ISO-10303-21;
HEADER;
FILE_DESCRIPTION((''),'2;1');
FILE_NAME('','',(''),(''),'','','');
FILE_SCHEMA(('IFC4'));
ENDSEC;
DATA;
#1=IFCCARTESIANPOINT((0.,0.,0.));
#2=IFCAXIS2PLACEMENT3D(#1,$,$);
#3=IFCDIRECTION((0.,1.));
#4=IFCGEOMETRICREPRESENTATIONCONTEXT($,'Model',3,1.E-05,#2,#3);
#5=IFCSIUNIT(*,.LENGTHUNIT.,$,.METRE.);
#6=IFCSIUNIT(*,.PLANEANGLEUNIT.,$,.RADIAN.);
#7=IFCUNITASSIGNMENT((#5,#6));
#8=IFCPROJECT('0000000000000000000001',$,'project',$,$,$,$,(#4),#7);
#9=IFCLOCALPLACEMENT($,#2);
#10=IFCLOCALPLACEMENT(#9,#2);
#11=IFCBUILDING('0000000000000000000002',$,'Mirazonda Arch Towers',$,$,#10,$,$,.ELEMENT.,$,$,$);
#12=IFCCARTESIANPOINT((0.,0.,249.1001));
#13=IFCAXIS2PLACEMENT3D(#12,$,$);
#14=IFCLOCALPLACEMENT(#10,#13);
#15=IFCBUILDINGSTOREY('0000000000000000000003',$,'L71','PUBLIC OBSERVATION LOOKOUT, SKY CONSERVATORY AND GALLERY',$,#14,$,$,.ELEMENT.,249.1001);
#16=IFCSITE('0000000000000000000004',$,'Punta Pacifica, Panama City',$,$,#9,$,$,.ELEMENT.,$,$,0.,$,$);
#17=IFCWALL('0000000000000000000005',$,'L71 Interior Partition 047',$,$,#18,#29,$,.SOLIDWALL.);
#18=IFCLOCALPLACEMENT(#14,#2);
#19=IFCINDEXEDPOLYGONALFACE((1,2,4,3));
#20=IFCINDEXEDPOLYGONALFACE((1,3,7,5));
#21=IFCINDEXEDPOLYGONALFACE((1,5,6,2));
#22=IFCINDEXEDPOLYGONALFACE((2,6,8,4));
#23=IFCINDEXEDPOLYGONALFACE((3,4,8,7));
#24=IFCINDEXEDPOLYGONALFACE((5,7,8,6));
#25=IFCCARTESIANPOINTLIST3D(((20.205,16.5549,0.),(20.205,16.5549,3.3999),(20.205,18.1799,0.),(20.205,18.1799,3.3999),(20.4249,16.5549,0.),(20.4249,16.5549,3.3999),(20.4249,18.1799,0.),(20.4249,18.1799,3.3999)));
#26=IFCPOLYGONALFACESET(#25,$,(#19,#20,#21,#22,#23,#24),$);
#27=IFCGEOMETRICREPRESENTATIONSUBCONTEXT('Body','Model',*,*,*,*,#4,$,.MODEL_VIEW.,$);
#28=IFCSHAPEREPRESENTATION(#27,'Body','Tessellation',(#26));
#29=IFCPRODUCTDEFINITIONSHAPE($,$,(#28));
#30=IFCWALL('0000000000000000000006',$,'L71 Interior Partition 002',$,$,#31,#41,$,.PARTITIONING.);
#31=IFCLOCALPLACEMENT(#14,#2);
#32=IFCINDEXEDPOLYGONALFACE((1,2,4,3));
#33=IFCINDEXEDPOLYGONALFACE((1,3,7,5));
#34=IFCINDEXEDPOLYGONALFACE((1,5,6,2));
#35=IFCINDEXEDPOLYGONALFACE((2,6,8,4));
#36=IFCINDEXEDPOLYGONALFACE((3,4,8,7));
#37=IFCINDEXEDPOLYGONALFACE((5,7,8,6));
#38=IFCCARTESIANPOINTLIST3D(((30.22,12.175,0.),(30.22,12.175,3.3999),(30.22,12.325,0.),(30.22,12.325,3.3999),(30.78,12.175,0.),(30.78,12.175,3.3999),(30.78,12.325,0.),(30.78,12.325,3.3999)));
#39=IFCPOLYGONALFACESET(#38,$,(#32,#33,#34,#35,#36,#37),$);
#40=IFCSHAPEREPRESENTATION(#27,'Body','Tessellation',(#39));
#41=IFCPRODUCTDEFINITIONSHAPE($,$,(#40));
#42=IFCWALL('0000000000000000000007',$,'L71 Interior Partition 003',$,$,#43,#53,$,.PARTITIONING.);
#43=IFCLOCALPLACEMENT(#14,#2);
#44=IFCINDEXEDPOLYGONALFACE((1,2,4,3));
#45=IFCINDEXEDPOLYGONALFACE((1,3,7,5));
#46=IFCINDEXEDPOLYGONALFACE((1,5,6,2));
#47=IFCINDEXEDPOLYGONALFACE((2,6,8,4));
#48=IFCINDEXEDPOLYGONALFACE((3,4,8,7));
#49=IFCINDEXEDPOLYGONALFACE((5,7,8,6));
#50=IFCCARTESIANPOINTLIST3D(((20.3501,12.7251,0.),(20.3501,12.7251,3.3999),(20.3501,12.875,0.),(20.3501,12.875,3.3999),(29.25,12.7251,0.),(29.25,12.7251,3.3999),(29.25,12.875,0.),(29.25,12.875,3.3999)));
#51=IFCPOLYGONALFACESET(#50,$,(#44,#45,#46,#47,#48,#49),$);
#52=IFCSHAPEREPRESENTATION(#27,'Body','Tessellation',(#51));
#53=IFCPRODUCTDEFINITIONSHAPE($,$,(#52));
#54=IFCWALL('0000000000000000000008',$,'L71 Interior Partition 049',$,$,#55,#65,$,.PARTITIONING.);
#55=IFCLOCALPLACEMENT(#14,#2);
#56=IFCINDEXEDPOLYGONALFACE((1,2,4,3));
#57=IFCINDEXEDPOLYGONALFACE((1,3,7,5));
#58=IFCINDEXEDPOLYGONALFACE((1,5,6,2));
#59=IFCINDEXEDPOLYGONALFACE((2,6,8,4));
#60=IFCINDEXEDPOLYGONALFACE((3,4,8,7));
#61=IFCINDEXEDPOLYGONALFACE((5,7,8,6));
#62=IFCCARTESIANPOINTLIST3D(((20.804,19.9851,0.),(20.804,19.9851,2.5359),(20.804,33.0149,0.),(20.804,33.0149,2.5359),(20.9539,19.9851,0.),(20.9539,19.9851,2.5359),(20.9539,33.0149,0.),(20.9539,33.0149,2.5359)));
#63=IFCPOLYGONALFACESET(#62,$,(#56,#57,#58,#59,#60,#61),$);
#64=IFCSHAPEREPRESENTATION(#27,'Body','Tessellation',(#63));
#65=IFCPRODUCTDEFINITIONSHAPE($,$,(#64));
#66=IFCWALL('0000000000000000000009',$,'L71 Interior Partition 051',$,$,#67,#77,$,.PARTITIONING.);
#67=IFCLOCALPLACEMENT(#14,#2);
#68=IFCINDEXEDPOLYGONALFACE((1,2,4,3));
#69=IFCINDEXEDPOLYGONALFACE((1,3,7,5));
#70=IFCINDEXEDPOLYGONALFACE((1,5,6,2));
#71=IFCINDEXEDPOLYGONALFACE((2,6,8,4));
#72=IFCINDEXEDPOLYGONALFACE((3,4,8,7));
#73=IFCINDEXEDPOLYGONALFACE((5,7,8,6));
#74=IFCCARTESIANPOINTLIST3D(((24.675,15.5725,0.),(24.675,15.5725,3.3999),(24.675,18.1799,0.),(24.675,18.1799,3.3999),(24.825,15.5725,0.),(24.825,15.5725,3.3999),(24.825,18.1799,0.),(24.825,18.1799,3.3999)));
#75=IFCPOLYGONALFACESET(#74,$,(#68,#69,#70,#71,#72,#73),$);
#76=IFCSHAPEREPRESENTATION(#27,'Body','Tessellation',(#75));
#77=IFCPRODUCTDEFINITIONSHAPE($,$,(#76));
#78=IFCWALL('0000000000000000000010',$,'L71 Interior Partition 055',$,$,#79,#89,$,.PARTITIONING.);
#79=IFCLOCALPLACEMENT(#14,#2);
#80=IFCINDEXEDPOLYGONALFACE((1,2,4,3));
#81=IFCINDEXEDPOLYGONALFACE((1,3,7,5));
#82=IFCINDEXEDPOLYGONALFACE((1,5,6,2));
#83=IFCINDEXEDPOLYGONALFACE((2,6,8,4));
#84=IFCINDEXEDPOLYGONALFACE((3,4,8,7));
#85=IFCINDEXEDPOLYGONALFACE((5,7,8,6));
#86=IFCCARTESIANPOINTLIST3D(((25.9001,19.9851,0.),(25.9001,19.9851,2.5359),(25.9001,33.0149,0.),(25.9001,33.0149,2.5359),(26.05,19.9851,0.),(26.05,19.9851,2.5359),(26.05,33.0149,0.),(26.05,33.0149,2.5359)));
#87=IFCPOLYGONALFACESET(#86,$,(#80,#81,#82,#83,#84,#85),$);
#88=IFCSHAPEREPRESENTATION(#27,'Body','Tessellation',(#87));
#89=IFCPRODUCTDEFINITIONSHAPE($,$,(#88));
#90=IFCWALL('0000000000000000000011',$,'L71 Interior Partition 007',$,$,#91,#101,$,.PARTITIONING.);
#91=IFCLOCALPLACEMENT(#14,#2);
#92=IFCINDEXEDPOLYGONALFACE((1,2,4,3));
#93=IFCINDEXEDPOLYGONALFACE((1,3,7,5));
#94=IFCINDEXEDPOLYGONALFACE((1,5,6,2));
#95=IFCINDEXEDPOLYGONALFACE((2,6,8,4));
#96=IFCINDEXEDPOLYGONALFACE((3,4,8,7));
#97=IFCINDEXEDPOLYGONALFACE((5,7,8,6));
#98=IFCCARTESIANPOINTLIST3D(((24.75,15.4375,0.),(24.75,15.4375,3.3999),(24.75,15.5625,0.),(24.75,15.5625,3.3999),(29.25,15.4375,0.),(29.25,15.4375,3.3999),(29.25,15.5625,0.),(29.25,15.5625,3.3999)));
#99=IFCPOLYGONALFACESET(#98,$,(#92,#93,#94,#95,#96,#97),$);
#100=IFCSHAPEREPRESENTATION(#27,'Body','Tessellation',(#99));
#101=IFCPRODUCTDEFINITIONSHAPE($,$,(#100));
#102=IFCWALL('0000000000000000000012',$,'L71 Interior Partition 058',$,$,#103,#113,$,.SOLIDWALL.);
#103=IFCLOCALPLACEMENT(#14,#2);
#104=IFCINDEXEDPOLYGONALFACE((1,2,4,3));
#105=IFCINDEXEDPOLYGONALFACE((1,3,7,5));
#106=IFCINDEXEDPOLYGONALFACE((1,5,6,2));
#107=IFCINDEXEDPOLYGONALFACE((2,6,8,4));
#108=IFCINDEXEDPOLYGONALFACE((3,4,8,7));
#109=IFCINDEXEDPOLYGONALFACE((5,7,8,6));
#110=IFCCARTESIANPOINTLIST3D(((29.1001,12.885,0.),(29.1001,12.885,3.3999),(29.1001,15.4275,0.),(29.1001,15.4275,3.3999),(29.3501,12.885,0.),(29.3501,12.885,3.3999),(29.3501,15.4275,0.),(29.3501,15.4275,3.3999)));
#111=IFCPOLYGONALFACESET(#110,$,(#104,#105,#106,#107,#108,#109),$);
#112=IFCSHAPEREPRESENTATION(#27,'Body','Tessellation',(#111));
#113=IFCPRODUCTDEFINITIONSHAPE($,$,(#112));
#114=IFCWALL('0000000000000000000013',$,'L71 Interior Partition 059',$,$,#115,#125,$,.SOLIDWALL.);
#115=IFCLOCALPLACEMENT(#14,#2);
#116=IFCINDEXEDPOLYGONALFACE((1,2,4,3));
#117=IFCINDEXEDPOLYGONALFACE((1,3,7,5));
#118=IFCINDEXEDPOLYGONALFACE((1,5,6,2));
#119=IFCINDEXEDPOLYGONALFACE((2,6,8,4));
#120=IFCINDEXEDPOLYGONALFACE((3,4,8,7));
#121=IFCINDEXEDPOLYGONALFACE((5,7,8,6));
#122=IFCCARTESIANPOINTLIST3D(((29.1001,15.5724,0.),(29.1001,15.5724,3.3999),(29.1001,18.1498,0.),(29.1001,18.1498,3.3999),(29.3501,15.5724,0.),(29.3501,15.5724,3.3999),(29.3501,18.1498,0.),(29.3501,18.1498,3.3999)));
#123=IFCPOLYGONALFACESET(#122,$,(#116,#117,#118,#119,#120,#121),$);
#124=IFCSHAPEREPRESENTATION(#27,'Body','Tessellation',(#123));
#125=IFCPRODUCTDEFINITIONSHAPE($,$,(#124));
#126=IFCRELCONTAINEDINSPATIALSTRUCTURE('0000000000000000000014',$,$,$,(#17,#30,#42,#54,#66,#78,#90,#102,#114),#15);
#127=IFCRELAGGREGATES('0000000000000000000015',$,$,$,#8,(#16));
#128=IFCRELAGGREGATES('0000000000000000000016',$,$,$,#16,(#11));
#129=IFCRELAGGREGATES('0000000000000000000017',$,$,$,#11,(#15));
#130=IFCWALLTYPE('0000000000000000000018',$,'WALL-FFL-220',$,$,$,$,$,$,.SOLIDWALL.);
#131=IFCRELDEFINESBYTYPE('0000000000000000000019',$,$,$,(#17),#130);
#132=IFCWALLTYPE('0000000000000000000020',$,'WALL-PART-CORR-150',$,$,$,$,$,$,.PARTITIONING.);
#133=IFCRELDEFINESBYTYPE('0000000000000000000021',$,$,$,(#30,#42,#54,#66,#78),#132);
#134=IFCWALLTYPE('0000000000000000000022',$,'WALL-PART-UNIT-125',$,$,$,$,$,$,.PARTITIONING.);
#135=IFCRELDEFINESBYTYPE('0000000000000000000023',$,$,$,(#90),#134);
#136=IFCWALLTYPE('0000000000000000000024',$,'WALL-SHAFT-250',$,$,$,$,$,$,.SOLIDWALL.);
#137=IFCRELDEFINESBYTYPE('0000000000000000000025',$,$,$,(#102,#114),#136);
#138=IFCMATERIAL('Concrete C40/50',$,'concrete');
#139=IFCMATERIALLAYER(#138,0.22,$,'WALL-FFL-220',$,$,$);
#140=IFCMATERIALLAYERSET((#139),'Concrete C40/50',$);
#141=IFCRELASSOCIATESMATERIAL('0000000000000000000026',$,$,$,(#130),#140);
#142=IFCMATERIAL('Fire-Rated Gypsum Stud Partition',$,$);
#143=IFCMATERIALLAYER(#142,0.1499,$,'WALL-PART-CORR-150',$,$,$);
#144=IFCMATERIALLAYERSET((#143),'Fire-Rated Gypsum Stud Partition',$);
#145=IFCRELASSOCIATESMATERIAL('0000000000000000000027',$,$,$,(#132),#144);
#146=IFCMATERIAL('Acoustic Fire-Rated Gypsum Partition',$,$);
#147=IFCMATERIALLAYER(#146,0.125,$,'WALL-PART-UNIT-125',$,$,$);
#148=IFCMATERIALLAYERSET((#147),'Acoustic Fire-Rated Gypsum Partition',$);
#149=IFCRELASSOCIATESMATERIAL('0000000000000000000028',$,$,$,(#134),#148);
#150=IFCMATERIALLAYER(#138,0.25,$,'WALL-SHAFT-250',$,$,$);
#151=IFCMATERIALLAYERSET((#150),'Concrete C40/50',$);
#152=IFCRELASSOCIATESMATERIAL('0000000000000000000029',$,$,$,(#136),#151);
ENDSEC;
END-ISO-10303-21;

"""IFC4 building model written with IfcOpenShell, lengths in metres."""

from ifc_helpers import new_model, si_unit, direction, frame, frame_2d, origin, place, context, subcontext, project, spatial, rectangle, extrude, material, layer, layer_set, type_object, element, save


model = new_model("IFC4")

# Units and contexts
model_context = context("Model", 3, precision=1e-05, world=origin(), true_north=direction((0.0, 1.0)))
body_context = subcontext(model_context, "Body", "Model", "MODEL_VIEW")
ifc_project = project(units=[si_unit("LENGTHUNIT", "METRE"), si_unit("PLANEANGLEUNIT", "RADIAN")], contexts=[model_context])

# Site, building, storey
site_placement = place(None, origin())
site = spatial("IfcSite", under=ifc_project, at=site_placement, Name="Punta Pacifica, Panama City", CompositionType="ELEMENT", RefElevation=0.0)
building_placement = place(site_placement, origin())
building = spatial("IfcBuilding", under=site, at=building_placement, Name="Mirazonda Arch Towers", CompositionType="ELEMENT")
storey_placement = place(building_placement, frame((0.0, 0.0, 249.1001)))
storey = spatial("IfcBuildingStorey", under=building, at=storey_placement, Name="L71", Description="PUBLIC OBSERVATION LOOKOUT, SKY CONSERVATORY AND GALLERY", CompositionType="ELEMENT", Elevation=249.1001)

# Walls
ifc_material_1 = material(Name="Concrete C40/50", Category="concrete")
ifc_layer_1 = layer(ifc_material_1, 0.22, Name="WALL-FFL-220")
ifc_layer_set_1 = layer_set([ifc_layer_1], Name="Concrete C40/50")
wall_type_1 = type_object("IfcWallType", Name="WALL-FFL-220", PredefinedType="SOLIDWALL", material=ifc_layer_set_1)
wall_1_placement = place(storey_placement, frame((20.3149, 16.5549, 0.0), z_axis=(0.0, 0.0, 1.0), x_axis=(0.0, 1.0, 0.0)))
element("IfcWall", 1, at=wall_1_placement, inside=storey, type_object=wall_type_1, Name="L71 Interior Partition 047", PredefinedType="SOLIDWALL", context=body_context, shape_type="SweptSolid", body=[
    extrude(rectangle(XDim=1.625, YDim=0.22, at=frame_2d((0.8125, 0.0))), origin(), (0.0, 0.0, 1.0), 3.3999),
])
ifc_material_2 = material(Name="Fire-Rated Gypsum Stud Partition")
ifc_layer_2 = layer(ifc_material_2, 0.1499, Name="WALL-PART-CORR-150")
ifc_layer_set_2 = layer_set([ifc_layer_2], Name="Fire-Rated Gypsum Stud Partition")
wall_type_2 = type_object("IfcWallType", Name="WALL-PART-CORR-150", PredefinedType="PARTITIONING", material=ifc_layer_set_2)
wall_2_placement = place(storey_placement, frame((30.22, 12.25, 0.0), z_axis=(0.0, 0.0, 1.0), x_axis=(1.0, 0.0, 0.0)))
element("IfcWall", 2, at=wall_2_placement, inside=storey, type_object=wall_type_2, Name="L71 Interior Partition 002", PredefinedType="PARTITIONING", context=body_context, shape_type="SweptSolid", body=[
    extrude(rectangle(XDim=0.5601, YDim=0.1499, at=frame_2d((0.28, 0.0))), origin(), (0.0, 0.0, 1.0), 3.3999),
])
wall_3_placement = place(storey_placement, frame((20.3501, 12.8, 0.0), z_axis=(0.0, 0.0, 1.0), x_axis=(1.0, 0.0, 0.0)))
element("IfcWall", 3, at=wall_3_placement, inside=storey, type_object=wall_type_2, Name="L71 Interior Partition 003", PredefinedType="PARTITIONING", context=body_context, shape_type="SweptSolid", body=[
    extrude(rectangle(XDim=8.8999, YDim=0.1499, at=frame_2d((4.45, 0.0))), origin(), (0.0, 0.0, 1.0), 3.3999),
])
wall_4_placement = place(storey_placement, frame((20.8789, 19.9851, 0.0), z_axis=(0.0, 0.0, 1.0), x_axis=(0.0, 1.0, 0.0)))
element("IfcWall", 4, at=wall_4_placement, inside=storey, type_object=wall_type_2, Name="L71 Interior Partition 049", PredefinedType="PARTITIONING", context=body_context, shape_type="SweptSolid", body=[
    extrude(rectangle(XDim=13.0298, YDim=0.1499, at=frame_2d((6.5149, 0.0))), origin(), (0.0, 0.0, 1.0), 2.5359),
])

# Walls
wall_5_placement = place(storey_placement, frame((24.75, 15.5725, 0.0), z_axis=(0.0, 0.0, 1.0), x_axis=(0.0, 1.0, 0.0)))
element("IfcWall", 5, at=wall_5_placement, inside=storey, type_object=wall_type_2, Name="L71 Interior Partition 051", PredefinedType="PARTITIONING", context=body_context, shape_type="SweptSolid", body=[
    extrude(rectangle(XDim=2.6074, YDim=0.1499, at=frame_2d((1.3037, 0.0))), origin(), (0.0, 0.0, 1.0), 3.3999),
])
wall_6_placement = place(storey_placement, frame((25.9751, 19.9851, 0.0), z_axis=(0.0, 0.0, 1.0), x_axis=(0.0, 1.0, 0.0)))
element("IfcWall", 6, at=wall_6_placement, inside=storey, type_object=wall_type_2, Name="L71 Interior Partition 055", PredefinedType="PARTITIONING", context=body_context, shape_type="SweptSolid", body=[
    extrude(rectangle(XDim=13.0298, YDim=0.1499, at=frame_2d((6.5149, 0.0))), origin(), (0.0, 0.0, 1.0), 2.5359),
])
ifc_material_3 = material(Name="Acoustic Fire-Rated Gypsum Partition")
ifc_layer_3 = layer(ifc_material_3, 0.125, Name="WALL-PART-UNIT-125")
ifc_layer_set_3 = layer_set([ifc_layer_3], Name="Acoustic Fire-Rated Gypsum Partition")
wall_type_3 = type_object("IfcWallType", Name="WALL-PART-UNIT-125", PredefinedType="PARTITIONING", material=ifc_layer_set_3)
wall_7_placement = place(storey_placement, frame((24.75, 15.5, 0.0), z_axis=(0.0, 0.0, 1.0), x_axis=(1.0, 0.0, 0.0)))
element("IfcWall", 7, at=wall_7_placement, inside=storey, type_object=wall_type_3, Name="L71 Interior Partition 007", PredefinedType="PARTITIONING", context=body_context, shape_type="SweptSolid", body=[
    extrude(rectangle(XDim=4.5, YDim=0.125, at=frame_2d((2.25, 0.0))), origin(), (0.0, 0.0, 1.0), 3.3999),
])
ifc_layer_4 = layer(ifc_material_1, 0.25, Name="WALL-SHAFT-250")
ifc_layer_set_4 = layer_set([ifc_layer_4], Name="Concrete C40/50")
wall_type_4 = type_object("IfcWallType", Name="WALL-SHAFT-250", PredefinedType="SOLIDWALL", material=ifc_layer_set_4)
wall_8_placement = place(storey_placement, frame((29.2251, 12.885, 0.0), z_axis=(0.0, 0.0, 1.0), x_axis=(0.0, 1.0, 0.0)))
element("IfcWall", 8, at=wall_8_placement, inside=storey, type_object=wall_type_4, Name="L71 Interior Partition 058", PredefinedType="SOLIDWALL", context=body_context, shape_type="SweptSolid", body=[
    extrude(rectangle(XDim=2.5425, YDim=0.25, at=frame_2d((1.2712, 0.0))), origin(), (0.0, 0.0, 1.0), 3.3999),
])
wall_9_placement = place(storey_placement, frame((29.2251, 15.5725, 0.0), z_axis=(0.0, 0.0, 1.0), x_axis=(0.0, 1.0, 0.0)))
element("IfcWall", 9, at=wall_9_placement, inside=storey, type_object=wall_type_4, Name="L71 Interior Partition 059", PredefinedType="SOLIDWALL", context=body_context, shape_type="SweptSolid", body=[
    extrude(rectangle(XDim=2.5774, YDim=0.25, at=frame_2d((1.2886, 0.0))), origin(), (0.0, 0.0, 1.0), 3.3999),
])

save(model, "model.ifc")
